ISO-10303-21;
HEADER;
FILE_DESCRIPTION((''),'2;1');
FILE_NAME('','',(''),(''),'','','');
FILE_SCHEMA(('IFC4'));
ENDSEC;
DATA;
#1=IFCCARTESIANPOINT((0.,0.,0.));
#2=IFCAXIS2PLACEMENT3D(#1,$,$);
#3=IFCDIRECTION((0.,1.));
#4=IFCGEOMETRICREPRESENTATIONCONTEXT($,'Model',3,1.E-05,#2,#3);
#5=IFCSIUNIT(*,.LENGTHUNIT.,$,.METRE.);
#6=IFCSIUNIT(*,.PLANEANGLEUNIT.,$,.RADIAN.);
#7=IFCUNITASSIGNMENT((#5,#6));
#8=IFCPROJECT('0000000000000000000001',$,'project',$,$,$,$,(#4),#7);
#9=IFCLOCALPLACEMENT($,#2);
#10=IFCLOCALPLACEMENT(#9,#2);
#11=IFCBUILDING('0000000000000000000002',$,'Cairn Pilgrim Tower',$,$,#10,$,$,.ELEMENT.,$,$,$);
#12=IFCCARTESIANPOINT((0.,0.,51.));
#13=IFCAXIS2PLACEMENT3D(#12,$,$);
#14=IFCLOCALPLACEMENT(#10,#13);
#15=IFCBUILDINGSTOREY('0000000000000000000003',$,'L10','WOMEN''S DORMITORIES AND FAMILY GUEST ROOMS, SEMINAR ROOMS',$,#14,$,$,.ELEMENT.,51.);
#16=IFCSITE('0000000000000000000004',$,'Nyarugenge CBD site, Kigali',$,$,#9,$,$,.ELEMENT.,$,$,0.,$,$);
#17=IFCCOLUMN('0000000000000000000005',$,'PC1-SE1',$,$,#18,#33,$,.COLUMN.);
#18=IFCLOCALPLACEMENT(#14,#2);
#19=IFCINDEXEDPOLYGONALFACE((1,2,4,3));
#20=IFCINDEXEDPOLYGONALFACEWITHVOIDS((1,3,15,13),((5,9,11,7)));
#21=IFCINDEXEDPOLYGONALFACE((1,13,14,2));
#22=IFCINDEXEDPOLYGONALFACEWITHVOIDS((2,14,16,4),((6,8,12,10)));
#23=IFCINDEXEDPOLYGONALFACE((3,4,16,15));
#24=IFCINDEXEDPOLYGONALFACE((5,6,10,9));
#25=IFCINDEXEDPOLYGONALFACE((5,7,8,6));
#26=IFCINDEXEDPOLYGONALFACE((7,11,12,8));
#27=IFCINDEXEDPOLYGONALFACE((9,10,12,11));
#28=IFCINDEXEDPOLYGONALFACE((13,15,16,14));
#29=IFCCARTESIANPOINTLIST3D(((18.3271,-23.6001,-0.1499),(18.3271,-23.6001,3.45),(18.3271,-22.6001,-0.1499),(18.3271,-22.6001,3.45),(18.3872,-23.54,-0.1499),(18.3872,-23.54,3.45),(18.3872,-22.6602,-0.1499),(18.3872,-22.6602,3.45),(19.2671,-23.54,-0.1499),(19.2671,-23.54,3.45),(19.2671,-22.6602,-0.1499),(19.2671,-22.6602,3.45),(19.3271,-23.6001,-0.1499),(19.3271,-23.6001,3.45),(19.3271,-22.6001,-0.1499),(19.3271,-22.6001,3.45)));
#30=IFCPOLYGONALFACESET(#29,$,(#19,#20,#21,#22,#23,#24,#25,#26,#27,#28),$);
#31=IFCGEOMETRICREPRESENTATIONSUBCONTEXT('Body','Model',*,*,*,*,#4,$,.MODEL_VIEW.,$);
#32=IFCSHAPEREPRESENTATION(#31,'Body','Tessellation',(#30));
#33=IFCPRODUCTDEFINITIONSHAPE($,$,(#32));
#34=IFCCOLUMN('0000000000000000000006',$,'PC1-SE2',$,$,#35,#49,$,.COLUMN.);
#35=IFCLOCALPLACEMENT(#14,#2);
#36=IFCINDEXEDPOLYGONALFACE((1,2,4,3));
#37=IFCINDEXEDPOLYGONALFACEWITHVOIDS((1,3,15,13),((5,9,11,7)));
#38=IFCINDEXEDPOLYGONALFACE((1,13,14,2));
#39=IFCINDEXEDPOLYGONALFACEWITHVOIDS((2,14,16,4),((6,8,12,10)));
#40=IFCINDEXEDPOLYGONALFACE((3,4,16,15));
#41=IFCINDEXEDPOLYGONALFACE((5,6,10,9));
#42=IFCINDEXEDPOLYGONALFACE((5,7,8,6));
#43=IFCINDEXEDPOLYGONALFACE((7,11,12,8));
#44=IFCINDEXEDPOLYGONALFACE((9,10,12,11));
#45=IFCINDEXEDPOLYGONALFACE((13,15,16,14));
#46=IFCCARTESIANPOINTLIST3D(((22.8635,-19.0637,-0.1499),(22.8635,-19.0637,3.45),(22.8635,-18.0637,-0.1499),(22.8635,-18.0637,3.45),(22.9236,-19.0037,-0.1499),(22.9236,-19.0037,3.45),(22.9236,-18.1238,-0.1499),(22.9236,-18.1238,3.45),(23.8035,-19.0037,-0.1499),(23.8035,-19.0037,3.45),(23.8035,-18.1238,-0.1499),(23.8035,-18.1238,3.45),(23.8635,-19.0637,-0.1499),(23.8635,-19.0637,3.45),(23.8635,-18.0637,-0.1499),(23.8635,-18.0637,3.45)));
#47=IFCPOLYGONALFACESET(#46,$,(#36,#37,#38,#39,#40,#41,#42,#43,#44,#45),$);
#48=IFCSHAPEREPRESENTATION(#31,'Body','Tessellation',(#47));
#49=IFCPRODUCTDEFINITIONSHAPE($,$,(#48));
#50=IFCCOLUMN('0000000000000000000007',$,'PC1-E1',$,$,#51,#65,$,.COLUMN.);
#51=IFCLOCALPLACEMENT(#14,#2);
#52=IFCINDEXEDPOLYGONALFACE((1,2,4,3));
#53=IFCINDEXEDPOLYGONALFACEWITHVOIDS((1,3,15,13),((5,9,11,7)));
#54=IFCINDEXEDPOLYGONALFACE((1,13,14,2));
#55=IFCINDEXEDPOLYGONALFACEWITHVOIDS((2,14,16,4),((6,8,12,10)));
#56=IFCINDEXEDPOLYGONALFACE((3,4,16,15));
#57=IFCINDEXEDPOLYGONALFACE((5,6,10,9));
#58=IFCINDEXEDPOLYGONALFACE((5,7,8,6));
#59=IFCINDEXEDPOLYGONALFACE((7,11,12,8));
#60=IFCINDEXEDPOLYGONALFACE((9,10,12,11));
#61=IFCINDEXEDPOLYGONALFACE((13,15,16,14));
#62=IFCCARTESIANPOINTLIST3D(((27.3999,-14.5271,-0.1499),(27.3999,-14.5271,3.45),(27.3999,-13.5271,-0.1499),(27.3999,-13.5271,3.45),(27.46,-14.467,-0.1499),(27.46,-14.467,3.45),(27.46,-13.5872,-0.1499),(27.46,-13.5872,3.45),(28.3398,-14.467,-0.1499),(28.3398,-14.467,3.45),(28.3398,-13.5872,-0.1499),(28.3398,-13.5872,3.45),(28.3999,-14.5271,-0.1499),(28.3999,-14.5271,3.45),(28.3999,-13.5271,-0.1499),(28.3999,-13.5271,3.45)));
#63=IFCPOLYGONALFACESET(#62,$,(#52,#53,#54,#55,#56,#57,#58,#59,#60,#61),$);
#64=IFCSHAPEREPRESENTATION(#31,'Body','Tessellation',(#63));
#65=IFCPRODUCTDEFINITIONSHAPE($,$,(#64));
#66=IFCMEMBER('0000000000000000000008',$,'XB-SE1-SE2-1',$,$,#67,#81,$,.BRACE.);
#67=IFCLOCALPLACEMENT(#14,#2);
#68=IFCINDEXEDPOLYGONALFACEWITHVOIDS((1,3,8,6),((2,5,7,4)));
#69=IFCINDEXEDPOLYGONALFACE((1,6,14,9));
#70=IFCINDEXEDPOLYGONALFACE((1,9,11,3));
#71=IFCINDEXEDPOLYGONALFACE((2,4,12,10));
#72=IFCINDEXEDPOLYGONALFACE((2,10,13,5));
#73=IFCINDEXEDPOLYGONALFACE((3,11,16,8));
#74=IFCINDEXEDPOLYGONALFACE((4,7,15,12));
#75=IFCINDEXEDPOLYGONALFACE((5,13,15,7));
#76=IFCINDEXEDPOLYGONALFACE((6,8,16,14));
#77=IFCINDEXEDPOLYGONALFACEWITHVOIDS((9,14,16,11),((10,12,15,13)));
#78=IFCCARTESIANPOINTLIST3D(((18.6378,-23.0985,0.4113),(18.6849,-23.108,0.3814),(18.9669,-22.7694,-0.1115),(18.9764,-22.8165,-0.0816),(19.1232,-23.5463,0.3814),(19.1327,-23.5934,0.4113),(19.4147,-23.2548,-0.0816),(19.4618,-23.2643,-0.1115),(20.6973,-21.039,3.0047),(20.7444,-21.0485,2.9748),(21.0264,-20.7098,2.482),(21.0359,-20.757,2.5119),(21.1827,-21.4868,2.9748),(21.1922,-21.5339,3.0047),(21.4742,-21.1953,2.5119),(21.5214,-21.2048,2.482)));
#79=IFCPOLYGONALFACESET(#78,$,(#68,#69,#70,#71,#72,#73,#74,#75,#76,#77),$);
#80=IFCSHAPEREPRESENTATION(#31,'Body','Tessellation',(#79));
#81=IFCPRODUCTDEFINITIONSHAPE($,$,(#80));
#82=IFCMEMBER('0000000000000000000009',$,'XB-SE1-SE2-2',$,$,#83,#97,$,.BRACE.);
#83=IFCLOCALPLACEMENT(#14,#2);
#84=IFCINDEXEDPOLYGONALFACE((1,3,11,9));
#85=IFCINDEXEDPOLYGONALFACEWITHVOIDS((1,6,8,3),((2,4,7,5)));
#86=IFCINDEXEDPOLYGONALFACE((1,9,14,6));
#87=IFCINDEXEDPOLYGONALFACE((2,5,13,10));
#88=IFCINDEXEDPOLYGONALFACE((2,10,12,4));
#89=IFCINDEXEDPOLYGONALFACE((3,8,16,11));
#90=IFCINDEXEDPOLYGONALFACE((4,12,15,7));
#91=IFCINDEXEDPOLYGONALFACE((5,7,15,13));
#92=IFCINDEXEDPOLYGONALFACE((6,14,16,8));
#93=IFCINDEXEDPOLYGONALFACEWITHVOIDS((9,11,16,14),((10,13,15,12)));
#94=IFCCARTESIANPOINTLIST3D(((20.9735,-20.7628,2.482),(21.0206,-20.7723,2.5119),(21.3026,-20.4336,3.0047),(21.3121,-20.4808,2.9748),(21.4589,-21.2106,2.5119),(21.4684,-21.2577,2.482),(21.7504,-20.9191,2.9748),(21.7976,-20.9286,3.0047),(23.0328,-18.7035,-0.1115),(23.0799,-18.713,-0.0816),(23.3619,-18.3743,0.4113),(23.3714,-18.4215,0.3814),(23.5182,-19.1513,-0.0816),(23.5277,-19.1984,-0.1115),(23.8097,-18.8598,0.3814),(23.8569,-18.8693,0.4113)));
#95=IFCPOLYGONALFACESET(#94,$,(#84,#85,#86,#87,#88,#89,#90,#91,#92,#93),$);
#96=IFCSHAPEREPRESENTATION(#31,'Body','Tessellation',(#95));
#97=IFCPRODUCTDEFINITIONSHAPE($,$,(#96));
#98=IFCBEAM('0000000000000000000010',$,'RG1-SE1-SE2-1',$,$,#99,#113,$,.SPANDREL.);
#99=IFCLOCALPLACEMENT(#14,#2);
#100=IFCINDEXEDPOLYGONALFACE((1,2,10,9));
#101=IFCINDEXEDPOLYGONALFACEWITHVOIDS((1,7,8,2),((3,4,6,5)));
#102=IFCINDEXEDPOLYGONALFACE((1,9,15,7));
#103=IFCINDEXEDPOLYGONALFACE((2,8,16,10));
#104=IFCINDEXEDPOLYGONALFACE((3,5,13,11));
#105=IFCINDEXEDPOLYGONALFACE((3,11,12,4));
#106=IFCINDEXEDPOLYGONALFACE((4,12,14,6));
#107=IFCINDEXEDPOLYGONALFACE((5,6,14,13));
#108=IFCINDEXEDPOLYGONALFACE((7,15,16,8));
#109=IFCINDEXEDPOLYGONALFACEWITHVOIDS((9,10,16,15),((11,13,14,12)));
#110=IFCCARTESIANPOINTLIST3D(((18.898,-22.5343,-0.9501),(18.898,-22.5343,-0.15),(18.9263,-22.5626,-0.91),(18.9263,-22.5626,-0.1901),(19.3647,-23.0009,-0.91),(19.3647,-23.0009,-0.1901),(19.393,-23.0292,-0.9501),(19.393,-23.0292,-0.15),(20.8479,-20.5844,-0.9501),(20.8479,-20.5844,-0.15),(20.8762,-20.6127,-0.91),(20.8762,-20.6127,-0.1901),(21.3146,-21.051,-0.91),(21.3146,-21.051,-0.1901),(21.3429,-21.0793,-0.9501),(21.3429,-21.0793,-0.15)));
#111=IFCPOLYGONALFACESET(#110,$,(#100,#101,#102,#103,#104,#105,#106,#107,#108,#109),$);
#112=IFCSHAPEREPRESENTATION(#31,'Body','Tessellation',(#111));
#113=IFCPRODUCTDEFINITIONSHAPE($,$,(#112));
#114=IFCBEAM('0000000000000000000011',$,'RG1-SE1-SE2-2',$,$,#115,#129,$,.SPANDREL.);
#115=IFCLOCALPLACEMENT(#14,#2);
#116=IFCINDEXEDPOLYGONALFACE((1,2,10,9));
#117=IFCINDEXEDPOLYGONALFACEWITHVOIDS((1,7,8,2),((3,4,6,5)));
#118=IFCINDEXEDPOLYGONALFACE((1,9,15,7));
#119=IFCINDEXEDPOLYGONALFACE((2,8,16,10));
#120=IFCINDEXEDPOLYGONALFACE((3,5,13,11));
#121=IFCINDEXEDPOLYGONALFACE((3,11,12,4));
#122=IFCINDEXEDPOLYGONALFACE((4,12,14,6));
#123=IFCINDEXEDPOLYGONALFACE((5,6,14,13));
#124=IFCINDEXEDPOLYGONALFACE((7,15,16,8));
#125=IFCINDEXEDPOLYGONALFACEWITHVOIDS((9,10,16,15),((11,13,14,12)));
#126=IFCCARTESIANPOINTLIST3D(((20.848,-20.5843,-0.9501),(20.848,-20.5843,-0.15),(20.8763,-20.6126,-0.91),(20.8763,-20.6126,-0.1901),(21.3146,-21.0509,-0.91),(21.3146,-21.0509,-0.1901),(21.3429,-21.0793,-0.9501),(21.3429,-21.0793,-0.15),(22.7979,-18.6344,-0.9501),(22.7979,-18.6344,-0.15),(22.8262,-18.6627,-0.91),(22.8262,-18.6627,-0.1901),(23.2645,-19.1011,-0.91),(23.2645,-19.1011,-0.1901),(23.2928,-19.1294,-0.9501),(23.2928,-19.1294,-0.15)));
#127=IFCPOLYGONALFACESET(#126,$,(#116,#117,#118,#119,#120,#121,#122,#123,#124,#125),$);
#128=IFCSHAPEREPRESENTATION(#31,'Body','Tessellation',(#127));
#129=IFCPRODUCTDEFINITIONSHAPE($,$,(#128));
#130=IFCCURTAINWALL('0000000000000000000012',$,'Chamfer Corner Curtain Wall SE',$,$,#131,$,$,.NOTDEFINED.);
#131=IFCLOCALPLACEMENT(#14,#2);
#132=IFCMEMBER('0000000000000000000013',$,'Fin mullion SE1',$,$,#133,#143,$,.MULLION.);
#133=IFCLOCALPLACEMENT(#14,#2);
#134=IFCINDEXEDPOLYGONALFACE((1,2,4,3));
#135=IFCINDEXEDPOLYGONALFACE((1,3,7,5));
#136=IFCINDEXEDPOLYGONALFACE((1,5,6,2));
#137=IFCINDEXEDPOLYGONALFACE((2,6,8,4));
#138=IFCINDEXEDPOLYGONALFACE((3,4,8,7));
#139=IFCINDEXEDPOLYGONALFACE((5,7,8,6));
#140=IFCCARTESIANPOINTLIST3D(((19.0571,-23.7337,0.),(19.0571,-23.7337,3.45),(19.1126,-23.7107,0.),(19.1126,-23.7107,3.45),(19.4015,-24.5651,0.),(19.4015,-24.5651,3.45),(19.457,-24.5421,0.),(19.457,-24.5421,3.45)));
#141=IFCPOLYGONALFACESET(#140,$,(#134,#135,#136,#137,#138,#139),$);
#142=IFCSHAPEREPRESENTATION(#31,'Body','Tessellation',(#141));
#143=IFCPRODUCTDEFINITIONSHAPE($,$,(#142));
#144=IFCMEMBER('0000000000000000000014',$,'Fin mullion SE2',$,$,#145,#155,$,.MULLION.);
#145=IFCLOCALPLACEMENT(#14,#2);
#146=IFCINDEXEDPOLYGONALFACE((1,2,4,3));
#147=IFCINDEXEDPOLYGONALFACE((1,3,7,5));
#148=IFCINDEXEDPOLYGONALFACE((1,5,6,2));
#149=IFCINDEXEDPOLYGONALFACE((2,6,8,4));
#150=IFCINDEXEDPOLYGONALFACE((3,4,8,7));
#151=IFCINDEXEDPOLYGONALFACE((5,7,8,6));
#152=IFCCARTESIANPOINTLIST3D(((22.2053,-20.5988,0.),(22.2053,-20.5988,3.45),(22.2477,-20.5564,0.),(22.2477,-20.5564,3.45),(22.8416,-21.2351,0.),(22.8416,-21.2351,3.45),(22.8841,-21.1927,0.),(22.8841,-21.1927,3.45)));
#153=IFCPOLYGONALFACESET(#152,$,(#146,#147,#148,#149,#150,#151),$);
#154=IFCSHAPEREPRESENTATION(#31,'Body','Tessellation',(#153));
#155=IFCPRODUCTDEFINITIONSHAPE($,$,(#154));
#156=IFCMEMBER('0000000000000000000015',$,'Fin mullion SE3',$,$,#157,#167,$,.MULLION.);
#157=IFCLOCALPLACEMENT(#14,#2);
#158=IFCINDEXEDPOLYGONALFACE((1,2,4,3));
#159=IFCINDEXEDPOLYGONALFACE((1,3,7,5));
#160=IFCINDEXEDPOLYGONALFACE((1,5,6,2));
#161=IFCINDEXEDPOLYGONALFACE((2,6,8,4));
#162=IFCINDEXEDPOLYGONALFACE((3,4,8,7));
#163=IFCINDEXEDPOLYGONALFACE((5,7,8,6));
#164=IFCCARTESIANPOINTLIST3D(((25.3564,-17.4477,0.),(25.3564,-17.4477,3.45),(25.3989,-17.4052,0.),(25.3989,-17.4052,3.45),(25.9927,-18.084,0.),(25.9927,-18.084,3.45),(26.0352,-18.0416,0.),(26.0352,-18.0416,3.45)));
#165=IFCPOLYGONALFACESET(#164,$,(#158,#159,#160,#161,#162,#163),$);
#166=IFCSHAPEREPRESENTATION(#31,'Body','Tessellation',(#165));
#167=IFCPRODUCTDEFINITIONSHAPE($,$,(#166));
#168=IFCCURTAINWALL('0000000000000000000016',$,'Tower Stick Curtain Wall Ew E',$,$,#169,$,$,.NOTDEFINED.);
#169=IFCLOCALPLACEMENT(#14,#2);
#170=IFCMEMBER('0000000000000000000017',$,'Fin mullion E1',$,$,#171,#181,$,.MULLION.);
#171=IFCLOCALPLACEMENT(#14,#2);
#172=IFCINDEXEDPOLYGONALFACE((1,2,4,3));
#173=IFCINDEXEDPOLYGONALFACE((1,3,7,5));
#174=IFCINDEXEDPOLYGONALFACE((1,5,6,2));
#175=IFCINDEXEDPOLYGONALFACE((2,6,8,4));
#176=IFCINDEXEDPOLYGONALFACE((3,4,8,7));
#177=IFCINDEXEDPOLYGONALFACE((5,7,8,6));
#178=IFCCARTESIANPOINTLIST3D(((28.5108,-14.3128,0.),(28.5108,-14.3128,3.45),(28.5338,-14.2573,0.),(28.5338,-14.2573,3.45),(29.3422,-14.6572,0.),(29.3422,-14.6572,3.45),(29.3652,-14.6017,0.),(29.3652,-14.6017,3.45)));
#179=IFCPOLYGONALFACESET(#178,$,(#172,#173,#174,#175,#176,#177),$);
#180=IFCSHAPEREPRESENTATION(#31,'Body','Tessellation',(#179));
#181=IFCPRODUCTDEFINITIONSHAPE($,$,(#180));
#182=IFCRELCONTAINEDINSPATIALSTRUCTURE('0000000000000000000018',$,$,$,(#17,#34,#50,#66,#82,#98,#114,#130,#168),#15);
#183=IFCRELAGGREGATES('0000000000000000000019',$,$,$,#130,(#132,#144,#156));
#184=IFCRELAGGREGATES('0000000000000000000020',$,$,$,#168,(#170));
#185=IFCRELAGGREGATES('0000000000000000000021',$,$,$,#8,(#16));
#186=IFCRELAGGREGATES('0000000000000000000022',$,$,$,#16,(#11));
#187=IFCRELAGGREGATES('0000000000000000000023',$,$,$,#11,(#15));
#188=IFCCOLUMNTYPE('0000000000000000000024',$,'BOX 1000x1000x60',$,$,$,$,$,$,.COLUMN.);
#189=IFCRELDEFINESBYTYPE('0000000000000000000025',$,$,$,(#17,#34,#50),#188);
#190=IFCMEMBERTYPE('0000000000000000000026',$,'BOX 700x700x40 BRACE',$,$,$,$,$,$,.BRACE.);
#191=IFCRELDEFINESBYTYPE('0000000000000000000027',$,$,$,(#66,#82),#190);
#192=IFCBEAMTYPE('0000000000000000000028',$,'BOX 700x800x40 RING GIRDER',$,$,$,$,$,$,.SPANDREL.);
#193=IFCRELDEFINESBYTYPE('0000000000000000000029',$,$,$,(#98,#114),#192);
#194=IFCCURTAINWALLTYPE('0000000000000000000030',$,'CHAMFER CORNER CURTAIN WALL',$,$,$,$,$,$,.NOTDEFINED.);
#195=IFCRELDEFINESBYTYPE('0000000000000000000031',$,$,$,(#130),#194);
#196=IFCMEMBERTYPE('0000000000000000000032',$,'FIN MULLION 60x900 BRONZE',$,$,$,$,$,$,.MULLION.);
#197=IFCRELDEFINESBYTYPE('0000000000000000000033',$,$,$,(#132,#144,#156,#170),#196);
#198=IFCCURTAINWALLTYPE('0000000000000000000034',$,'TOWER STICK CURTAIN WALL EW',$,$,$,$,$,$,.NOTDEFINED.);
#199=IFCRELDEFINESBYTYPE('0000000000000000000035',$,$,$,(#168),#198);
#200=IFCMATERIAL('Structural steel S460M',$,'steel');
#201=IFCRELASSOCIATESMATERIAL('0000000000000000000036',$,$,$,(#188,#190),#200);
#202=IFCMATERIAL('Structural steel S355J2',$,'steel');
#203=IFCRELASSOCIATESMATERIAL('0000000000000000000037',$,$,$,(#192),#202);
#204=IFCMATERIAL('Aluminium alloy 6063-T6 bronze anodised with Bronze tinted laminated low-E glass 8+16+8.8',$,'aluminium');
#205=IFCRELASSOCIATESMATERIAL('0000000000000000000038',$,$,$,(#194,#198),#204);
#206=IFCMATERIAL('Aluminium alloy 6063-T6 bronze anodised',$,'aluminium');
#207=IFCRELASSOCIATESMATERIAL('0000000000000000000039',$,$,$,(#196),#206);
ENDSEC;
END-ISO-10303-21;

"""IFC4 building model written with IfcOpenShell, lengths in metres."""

from ifc_helpers import new_model, si_unit, direction, frame, origin, origin_2d, place, context, subcontext, project, spatial, rectangle, hollow_rectangle, extrude, material, material_profile, profile_set, type_object, element, aggregate, save


model = new_model("IFC4")

# Units and contexts
model_context = context("Model", 3, precision=1e-05, world=origin(), true_north=direction((0.0, 1.0)))
body_context = subcontext(model_context, "Body", "Model", "MODEL_VIEW")
ifc_project = project(units=[si_unit("LENGTHUNIT", "METRE"), si_unit("PLANEANGLEUNIT", "RADIAN")], contexts=[model_context])

# Site, building, storey
site_placement = place(None, origin())
site = spatial("IfcSite", under=ifc_project, at=site_placement, Name="Nyarugenge CBD site, Kigali", CompositionType="ELEMENT", RefElevation=0.0)
building_placement = place(site_placement, origin())
building = spatial("IfcBuilding", under=site, at=building_placement, Name="Cairn Pilgrim Tower", CompositionType="ELEMENT")
storey_placement = place(building_placement, frame((0.0, 0.0, 51.0)))
storey = spatial("IfcBuildingStorey", under=building, at=storey_placement, Name="L10", Description="WOMEN'S DORMITORIES AND FAMILY GUEST ROOMS, SEMINAR ROOMS", CompositionType="ELEMENT", Elevation=51.0)

# Columns
ifc_material_1 = material(Name="Structural steel S460M", Category="steel")
ifc_material_profile_1 = material_profile(ifc_material_1, hollow_rectangle(XDim=1.0, YDim=1.0, WallThickness=0.0601, at=origin_2d()), Name="BOX 1000x1000x60")
ifc_profile_set_1 = profile_set([ifc_material_profile_1], Name="Structural steel S460M")
column_type = type_object("IfcColumnType", Name="BOX 1000x1000x60", PredefinedType="COLUMN", material=ifc_profile_set_1)
for number, where, z_axis, x_axis, name in (
    (1, (18.8271, -23.1001, -0.1499), (0.0, 0.0, 1.0), (1.0, 0.0, 0.0), "PC1-SE1"),
    (2, (23.3635, -18.5637, -0.1499), (0.0, 0.0, 1.0), (1.0, 0.0, 0.0), "PC1-SE2"),
    (3, (27.8999, -14.0271, -0.1499), (0.0, 0.0, 1.0), (1.0, 0.0, 0.0), "PC1-E1"),
):
    element("IfcColumn", number, at=place(storey_placement, frame(where, z_axis=z_axis, x_axis=x_axis)), inside=storey, type_object=column_type, Name=name, PredefinedType="COLUMN", context=body_context, shape_type="SweptSolid", body=[
        extrude(hollow_rectangle(XDim=1.0, YDim=1.0, WallThickness=0.0601, at=origin_2d()), origin(), (0.0, 0.0, 1.0), 3.5999),
    ])

# Members
ifc_material_profile_2 = material_profile(ifc_material_1, hollow_rectangle(XDim=0.7, YDim=0.7, WallThickness=0.04, at=origin_2d()), Name="BOX 700x700x40")
ifc_profile_set_2 = profile_set([ifc_material_profile_2], Name="Structural steel S460M")
member_type_1 = type_object("IfcMemberType", Name="BOX 700x700x40 BRACE", PredefinedType="BRACE", material=ifc_profile_set_2)
member_1_placement = place(storey_placement, frame((19.0498, -23.1814, 0.1499), z_axis=(0.528096, 0.528096, 0.665003), x_axis=(-0.707107, 0.707107, 0.0)))
element("IfcMember", 4, at=member_1_placement, inside=storey, type_object=member_type_1, Name="XB-SE1-SE2-1", PredefinedType="BRACE", context=body_context, shape_type="SweptSolid", body=[
    extrude(hollow_rectangle(XDim=0.7, YDim=0.7, WallThickness=0.04, at=origin_2d()), origin(), (0.0, 0.0, 1.0), 3.8999),
])
member_2_placement = place(storey_placement, frame((23.4448, -18.7864, 0.1499), z_axis=(-0.528068, -0.528068, 0.665047), x_axis=(0.707107, -0.707107, 0.0)))
element("IfcMember", 5, at=member_2_placement, inside=storey, type_object=member_type_1, Name="XB-SE1-SE2-2", PredefinedType="BRACE", context=body_context, shape_type="SweptSolid", body=[
    extrude(hollow_rectangle(XDim=0.7, YDim=0.7, WallThickness=0.04, at=origin_2d()), origin(), (0.0, 0.0, 1.0), 3.8997),
])

# Beams
ifc_material_2 = material(Name="Structural steel S355J2", Category="steel")
ifc_material_profile_3 = material_profile(ifc_material_2, hollow_rectangle(XDim=0.7, YDim=0.8, WallThickness=0.04, at=origin_2d()), Name="BOX 700x800x40")
ifc_profile_set_3 = profile_set([ifc_material_profile_3], Name="Structural steel S355J2")
beam_type_1 = type_object("IfcBeamType", Name="BOX 700x800x40 RING GIRDER", PredefinedType="SPANDREL", material=ifc_profile_set_3)
for number, where, z_axis, x_axis, name in (
    (6, (19.1455, -22.7817, -0.55), (0.707107, 0.707107, 0.0), (-0.707107, 0.707107, 0.0), "RG1-SE1-SE2-1"),
    (7, (21.0955, -20.8318, -0.55), (0.707107, 0.707107, 0.0), (-0.707107, 0.707107, 0.0), "RG1-SE1-SE2-2"),
):
    element("IfcBeam", number, at=place(storey_placement, frame(where, z_axis=z_axis, x_axis=x_axis)), inside=storey, type_object=beam_type_1, Name=name, PredefinedType="SPANDREL", context=body_context, shape_type="SweptSolid", body=[
        extrude(hollow_rectangle(XDim=0.7, YDim=0.8, WallThickness=0.04, at=origin_2d()), origin(), (0.0, 0.0, 1.0), 2.7576),
    ])

# Curtain wall, members
ifc_material_3 = material(Name="Aluminium alloy 6063-T6 bronze anodised with Bronze tinted laminated low-E glass 8+16+8.8", Category="aluminium")
curtain_wall_type_1 = type_object("IfcCurtainWallType", Name="CHAMFER CORNER CURTAIN WALL", PredefinedType="NOTDEFINED", material=ifc_material_3)
curtain_wall_1_placement = place(storey_placement, origin())
curtain_wall_1 = element("IfcCurtainWall", 8, at=curtain_wall_1_placement, inside=storey, type_object=curtain_wall_type_1, Name="Chamfer Corner Curtain Wall SE", PredefinedType="NOTDEFINED")
ifc_material_4 = material(Name="Aluminium alloy 6063-T6 bronze anodised", Category="aluminium")
ifc_material_profile_4 = material_profile(ifc_material_4, rectangle(XDim=0.8999, YDim=0.0601, at=origin_2d()), Name="FIN MULLION 60x900 BRONZE")
ifc_profile_set_4 = profile_set([ifc_material_profile_4], Name="Aluminium alloy 6063-T6 bronze anodised")
member_type_2 = type_object("IfcMemberType", Name="FIN MULLION 60x900 BRONZE", PredefinedType="MULLION", material=ifc_profile_set_4)
member_3_placement = place(storey_placement, frame((19.2571, -24.1379, 0.0), z_axis=(0.0, 0.0, 1.0), x_axis=(0.382683, -0.92388, 0.0)))
member_3 = element("IfcMember", 9, at=member_3_placement, type_object=member_type_2, Name="Fin mullion SE1", PredefinedType="MULLION", context=body_context, shape_type="SweptSolid", body=[
    extrude(rectangle(XDim=0.8999, YDim=0.0601, at=origin_2d()), origin(), (0.0, 0.0, 1.0), 3.45),
])
member_4_placement = place(storey_placement, frame((22.5447, -20.8958, 0.0), z_axis=(0.0, 0.0, 1.0), x_axis=(0.707107, -0.707107, 0.0)))
member_4 = element("IfcMember", 10, at=member_4_placement, type_object=member_type_2, Name="Fin mullion SE2", PredefinedType="MULLION", context=body_context, shape_type="SweptSolid", body=[
    extrude(rectangle(XDim=0.8999, YDim=0.0601, at=origin_2d()), origin(), (0.0, 0.0, 1.0), 3.45),
])
member_5_placement = place(storey_placement, frame((25.6958, -17.7446, 0.0), z_axis=(0.0, 0.0, 1.0), x_axis=(0.707107, -0.707107, 0.0)))
member_5 = element("IfcMember", 11, at=member_5_placement, type_object=member_type_2, Name="Fin mullion SE3", PredefinedType="MULLION", context=body_context, shape_type="SweptSolid", body=[
    extrude(rectangle(XDim=0.8999, YDim=0.0601, at=origin_2d()), origin(), (0.0, 0.0, 1.0), 3.45),
])

# Curtain wall, member
curtain_wall_type_2 = type_object("IfcCurtainWallType", Name="TOWER STICK CURTAIN WALL EW", PredefinedType="NOTDEFINED", material=ifc_material_3)
curtain_wall_2_placement = place(storey_placement, origin())
curtain_wall_2 = element("IfcCurtainWall", 12, at=curtain_wall_2_placement, inside=storey, type_object=curtain_wall_type_2, Name="Tower Stick Curtain Wall Ew E", PredefinedType="NOTDEFINED")
member_6_placement = place(storey_placement, frame((28.938, -14.4573, 0.0), z_axis=(0.0, 0.0, 1.0), x_axis=(0.92388, -0.382683, 0.0)))
member_6 = element("IfcMember", 13, at=member_6_placement, type_object=member_type_2, Name="Fin mullion E1", PredefinedType="MULLION", context=body_context, shape_type="SweptSolid", body=[
    extrude(rectangle(XDim=0.8999, YDim=0.0601, at=origin_2d()), origin(), (0.0, 0.0, 1.0), 3.45),
])

aggregate(curtain_wall_1, [member_3, member_4, member_5])
aggregate(curtain_wall_2, [member_6])

save(model, "model.ifc")
